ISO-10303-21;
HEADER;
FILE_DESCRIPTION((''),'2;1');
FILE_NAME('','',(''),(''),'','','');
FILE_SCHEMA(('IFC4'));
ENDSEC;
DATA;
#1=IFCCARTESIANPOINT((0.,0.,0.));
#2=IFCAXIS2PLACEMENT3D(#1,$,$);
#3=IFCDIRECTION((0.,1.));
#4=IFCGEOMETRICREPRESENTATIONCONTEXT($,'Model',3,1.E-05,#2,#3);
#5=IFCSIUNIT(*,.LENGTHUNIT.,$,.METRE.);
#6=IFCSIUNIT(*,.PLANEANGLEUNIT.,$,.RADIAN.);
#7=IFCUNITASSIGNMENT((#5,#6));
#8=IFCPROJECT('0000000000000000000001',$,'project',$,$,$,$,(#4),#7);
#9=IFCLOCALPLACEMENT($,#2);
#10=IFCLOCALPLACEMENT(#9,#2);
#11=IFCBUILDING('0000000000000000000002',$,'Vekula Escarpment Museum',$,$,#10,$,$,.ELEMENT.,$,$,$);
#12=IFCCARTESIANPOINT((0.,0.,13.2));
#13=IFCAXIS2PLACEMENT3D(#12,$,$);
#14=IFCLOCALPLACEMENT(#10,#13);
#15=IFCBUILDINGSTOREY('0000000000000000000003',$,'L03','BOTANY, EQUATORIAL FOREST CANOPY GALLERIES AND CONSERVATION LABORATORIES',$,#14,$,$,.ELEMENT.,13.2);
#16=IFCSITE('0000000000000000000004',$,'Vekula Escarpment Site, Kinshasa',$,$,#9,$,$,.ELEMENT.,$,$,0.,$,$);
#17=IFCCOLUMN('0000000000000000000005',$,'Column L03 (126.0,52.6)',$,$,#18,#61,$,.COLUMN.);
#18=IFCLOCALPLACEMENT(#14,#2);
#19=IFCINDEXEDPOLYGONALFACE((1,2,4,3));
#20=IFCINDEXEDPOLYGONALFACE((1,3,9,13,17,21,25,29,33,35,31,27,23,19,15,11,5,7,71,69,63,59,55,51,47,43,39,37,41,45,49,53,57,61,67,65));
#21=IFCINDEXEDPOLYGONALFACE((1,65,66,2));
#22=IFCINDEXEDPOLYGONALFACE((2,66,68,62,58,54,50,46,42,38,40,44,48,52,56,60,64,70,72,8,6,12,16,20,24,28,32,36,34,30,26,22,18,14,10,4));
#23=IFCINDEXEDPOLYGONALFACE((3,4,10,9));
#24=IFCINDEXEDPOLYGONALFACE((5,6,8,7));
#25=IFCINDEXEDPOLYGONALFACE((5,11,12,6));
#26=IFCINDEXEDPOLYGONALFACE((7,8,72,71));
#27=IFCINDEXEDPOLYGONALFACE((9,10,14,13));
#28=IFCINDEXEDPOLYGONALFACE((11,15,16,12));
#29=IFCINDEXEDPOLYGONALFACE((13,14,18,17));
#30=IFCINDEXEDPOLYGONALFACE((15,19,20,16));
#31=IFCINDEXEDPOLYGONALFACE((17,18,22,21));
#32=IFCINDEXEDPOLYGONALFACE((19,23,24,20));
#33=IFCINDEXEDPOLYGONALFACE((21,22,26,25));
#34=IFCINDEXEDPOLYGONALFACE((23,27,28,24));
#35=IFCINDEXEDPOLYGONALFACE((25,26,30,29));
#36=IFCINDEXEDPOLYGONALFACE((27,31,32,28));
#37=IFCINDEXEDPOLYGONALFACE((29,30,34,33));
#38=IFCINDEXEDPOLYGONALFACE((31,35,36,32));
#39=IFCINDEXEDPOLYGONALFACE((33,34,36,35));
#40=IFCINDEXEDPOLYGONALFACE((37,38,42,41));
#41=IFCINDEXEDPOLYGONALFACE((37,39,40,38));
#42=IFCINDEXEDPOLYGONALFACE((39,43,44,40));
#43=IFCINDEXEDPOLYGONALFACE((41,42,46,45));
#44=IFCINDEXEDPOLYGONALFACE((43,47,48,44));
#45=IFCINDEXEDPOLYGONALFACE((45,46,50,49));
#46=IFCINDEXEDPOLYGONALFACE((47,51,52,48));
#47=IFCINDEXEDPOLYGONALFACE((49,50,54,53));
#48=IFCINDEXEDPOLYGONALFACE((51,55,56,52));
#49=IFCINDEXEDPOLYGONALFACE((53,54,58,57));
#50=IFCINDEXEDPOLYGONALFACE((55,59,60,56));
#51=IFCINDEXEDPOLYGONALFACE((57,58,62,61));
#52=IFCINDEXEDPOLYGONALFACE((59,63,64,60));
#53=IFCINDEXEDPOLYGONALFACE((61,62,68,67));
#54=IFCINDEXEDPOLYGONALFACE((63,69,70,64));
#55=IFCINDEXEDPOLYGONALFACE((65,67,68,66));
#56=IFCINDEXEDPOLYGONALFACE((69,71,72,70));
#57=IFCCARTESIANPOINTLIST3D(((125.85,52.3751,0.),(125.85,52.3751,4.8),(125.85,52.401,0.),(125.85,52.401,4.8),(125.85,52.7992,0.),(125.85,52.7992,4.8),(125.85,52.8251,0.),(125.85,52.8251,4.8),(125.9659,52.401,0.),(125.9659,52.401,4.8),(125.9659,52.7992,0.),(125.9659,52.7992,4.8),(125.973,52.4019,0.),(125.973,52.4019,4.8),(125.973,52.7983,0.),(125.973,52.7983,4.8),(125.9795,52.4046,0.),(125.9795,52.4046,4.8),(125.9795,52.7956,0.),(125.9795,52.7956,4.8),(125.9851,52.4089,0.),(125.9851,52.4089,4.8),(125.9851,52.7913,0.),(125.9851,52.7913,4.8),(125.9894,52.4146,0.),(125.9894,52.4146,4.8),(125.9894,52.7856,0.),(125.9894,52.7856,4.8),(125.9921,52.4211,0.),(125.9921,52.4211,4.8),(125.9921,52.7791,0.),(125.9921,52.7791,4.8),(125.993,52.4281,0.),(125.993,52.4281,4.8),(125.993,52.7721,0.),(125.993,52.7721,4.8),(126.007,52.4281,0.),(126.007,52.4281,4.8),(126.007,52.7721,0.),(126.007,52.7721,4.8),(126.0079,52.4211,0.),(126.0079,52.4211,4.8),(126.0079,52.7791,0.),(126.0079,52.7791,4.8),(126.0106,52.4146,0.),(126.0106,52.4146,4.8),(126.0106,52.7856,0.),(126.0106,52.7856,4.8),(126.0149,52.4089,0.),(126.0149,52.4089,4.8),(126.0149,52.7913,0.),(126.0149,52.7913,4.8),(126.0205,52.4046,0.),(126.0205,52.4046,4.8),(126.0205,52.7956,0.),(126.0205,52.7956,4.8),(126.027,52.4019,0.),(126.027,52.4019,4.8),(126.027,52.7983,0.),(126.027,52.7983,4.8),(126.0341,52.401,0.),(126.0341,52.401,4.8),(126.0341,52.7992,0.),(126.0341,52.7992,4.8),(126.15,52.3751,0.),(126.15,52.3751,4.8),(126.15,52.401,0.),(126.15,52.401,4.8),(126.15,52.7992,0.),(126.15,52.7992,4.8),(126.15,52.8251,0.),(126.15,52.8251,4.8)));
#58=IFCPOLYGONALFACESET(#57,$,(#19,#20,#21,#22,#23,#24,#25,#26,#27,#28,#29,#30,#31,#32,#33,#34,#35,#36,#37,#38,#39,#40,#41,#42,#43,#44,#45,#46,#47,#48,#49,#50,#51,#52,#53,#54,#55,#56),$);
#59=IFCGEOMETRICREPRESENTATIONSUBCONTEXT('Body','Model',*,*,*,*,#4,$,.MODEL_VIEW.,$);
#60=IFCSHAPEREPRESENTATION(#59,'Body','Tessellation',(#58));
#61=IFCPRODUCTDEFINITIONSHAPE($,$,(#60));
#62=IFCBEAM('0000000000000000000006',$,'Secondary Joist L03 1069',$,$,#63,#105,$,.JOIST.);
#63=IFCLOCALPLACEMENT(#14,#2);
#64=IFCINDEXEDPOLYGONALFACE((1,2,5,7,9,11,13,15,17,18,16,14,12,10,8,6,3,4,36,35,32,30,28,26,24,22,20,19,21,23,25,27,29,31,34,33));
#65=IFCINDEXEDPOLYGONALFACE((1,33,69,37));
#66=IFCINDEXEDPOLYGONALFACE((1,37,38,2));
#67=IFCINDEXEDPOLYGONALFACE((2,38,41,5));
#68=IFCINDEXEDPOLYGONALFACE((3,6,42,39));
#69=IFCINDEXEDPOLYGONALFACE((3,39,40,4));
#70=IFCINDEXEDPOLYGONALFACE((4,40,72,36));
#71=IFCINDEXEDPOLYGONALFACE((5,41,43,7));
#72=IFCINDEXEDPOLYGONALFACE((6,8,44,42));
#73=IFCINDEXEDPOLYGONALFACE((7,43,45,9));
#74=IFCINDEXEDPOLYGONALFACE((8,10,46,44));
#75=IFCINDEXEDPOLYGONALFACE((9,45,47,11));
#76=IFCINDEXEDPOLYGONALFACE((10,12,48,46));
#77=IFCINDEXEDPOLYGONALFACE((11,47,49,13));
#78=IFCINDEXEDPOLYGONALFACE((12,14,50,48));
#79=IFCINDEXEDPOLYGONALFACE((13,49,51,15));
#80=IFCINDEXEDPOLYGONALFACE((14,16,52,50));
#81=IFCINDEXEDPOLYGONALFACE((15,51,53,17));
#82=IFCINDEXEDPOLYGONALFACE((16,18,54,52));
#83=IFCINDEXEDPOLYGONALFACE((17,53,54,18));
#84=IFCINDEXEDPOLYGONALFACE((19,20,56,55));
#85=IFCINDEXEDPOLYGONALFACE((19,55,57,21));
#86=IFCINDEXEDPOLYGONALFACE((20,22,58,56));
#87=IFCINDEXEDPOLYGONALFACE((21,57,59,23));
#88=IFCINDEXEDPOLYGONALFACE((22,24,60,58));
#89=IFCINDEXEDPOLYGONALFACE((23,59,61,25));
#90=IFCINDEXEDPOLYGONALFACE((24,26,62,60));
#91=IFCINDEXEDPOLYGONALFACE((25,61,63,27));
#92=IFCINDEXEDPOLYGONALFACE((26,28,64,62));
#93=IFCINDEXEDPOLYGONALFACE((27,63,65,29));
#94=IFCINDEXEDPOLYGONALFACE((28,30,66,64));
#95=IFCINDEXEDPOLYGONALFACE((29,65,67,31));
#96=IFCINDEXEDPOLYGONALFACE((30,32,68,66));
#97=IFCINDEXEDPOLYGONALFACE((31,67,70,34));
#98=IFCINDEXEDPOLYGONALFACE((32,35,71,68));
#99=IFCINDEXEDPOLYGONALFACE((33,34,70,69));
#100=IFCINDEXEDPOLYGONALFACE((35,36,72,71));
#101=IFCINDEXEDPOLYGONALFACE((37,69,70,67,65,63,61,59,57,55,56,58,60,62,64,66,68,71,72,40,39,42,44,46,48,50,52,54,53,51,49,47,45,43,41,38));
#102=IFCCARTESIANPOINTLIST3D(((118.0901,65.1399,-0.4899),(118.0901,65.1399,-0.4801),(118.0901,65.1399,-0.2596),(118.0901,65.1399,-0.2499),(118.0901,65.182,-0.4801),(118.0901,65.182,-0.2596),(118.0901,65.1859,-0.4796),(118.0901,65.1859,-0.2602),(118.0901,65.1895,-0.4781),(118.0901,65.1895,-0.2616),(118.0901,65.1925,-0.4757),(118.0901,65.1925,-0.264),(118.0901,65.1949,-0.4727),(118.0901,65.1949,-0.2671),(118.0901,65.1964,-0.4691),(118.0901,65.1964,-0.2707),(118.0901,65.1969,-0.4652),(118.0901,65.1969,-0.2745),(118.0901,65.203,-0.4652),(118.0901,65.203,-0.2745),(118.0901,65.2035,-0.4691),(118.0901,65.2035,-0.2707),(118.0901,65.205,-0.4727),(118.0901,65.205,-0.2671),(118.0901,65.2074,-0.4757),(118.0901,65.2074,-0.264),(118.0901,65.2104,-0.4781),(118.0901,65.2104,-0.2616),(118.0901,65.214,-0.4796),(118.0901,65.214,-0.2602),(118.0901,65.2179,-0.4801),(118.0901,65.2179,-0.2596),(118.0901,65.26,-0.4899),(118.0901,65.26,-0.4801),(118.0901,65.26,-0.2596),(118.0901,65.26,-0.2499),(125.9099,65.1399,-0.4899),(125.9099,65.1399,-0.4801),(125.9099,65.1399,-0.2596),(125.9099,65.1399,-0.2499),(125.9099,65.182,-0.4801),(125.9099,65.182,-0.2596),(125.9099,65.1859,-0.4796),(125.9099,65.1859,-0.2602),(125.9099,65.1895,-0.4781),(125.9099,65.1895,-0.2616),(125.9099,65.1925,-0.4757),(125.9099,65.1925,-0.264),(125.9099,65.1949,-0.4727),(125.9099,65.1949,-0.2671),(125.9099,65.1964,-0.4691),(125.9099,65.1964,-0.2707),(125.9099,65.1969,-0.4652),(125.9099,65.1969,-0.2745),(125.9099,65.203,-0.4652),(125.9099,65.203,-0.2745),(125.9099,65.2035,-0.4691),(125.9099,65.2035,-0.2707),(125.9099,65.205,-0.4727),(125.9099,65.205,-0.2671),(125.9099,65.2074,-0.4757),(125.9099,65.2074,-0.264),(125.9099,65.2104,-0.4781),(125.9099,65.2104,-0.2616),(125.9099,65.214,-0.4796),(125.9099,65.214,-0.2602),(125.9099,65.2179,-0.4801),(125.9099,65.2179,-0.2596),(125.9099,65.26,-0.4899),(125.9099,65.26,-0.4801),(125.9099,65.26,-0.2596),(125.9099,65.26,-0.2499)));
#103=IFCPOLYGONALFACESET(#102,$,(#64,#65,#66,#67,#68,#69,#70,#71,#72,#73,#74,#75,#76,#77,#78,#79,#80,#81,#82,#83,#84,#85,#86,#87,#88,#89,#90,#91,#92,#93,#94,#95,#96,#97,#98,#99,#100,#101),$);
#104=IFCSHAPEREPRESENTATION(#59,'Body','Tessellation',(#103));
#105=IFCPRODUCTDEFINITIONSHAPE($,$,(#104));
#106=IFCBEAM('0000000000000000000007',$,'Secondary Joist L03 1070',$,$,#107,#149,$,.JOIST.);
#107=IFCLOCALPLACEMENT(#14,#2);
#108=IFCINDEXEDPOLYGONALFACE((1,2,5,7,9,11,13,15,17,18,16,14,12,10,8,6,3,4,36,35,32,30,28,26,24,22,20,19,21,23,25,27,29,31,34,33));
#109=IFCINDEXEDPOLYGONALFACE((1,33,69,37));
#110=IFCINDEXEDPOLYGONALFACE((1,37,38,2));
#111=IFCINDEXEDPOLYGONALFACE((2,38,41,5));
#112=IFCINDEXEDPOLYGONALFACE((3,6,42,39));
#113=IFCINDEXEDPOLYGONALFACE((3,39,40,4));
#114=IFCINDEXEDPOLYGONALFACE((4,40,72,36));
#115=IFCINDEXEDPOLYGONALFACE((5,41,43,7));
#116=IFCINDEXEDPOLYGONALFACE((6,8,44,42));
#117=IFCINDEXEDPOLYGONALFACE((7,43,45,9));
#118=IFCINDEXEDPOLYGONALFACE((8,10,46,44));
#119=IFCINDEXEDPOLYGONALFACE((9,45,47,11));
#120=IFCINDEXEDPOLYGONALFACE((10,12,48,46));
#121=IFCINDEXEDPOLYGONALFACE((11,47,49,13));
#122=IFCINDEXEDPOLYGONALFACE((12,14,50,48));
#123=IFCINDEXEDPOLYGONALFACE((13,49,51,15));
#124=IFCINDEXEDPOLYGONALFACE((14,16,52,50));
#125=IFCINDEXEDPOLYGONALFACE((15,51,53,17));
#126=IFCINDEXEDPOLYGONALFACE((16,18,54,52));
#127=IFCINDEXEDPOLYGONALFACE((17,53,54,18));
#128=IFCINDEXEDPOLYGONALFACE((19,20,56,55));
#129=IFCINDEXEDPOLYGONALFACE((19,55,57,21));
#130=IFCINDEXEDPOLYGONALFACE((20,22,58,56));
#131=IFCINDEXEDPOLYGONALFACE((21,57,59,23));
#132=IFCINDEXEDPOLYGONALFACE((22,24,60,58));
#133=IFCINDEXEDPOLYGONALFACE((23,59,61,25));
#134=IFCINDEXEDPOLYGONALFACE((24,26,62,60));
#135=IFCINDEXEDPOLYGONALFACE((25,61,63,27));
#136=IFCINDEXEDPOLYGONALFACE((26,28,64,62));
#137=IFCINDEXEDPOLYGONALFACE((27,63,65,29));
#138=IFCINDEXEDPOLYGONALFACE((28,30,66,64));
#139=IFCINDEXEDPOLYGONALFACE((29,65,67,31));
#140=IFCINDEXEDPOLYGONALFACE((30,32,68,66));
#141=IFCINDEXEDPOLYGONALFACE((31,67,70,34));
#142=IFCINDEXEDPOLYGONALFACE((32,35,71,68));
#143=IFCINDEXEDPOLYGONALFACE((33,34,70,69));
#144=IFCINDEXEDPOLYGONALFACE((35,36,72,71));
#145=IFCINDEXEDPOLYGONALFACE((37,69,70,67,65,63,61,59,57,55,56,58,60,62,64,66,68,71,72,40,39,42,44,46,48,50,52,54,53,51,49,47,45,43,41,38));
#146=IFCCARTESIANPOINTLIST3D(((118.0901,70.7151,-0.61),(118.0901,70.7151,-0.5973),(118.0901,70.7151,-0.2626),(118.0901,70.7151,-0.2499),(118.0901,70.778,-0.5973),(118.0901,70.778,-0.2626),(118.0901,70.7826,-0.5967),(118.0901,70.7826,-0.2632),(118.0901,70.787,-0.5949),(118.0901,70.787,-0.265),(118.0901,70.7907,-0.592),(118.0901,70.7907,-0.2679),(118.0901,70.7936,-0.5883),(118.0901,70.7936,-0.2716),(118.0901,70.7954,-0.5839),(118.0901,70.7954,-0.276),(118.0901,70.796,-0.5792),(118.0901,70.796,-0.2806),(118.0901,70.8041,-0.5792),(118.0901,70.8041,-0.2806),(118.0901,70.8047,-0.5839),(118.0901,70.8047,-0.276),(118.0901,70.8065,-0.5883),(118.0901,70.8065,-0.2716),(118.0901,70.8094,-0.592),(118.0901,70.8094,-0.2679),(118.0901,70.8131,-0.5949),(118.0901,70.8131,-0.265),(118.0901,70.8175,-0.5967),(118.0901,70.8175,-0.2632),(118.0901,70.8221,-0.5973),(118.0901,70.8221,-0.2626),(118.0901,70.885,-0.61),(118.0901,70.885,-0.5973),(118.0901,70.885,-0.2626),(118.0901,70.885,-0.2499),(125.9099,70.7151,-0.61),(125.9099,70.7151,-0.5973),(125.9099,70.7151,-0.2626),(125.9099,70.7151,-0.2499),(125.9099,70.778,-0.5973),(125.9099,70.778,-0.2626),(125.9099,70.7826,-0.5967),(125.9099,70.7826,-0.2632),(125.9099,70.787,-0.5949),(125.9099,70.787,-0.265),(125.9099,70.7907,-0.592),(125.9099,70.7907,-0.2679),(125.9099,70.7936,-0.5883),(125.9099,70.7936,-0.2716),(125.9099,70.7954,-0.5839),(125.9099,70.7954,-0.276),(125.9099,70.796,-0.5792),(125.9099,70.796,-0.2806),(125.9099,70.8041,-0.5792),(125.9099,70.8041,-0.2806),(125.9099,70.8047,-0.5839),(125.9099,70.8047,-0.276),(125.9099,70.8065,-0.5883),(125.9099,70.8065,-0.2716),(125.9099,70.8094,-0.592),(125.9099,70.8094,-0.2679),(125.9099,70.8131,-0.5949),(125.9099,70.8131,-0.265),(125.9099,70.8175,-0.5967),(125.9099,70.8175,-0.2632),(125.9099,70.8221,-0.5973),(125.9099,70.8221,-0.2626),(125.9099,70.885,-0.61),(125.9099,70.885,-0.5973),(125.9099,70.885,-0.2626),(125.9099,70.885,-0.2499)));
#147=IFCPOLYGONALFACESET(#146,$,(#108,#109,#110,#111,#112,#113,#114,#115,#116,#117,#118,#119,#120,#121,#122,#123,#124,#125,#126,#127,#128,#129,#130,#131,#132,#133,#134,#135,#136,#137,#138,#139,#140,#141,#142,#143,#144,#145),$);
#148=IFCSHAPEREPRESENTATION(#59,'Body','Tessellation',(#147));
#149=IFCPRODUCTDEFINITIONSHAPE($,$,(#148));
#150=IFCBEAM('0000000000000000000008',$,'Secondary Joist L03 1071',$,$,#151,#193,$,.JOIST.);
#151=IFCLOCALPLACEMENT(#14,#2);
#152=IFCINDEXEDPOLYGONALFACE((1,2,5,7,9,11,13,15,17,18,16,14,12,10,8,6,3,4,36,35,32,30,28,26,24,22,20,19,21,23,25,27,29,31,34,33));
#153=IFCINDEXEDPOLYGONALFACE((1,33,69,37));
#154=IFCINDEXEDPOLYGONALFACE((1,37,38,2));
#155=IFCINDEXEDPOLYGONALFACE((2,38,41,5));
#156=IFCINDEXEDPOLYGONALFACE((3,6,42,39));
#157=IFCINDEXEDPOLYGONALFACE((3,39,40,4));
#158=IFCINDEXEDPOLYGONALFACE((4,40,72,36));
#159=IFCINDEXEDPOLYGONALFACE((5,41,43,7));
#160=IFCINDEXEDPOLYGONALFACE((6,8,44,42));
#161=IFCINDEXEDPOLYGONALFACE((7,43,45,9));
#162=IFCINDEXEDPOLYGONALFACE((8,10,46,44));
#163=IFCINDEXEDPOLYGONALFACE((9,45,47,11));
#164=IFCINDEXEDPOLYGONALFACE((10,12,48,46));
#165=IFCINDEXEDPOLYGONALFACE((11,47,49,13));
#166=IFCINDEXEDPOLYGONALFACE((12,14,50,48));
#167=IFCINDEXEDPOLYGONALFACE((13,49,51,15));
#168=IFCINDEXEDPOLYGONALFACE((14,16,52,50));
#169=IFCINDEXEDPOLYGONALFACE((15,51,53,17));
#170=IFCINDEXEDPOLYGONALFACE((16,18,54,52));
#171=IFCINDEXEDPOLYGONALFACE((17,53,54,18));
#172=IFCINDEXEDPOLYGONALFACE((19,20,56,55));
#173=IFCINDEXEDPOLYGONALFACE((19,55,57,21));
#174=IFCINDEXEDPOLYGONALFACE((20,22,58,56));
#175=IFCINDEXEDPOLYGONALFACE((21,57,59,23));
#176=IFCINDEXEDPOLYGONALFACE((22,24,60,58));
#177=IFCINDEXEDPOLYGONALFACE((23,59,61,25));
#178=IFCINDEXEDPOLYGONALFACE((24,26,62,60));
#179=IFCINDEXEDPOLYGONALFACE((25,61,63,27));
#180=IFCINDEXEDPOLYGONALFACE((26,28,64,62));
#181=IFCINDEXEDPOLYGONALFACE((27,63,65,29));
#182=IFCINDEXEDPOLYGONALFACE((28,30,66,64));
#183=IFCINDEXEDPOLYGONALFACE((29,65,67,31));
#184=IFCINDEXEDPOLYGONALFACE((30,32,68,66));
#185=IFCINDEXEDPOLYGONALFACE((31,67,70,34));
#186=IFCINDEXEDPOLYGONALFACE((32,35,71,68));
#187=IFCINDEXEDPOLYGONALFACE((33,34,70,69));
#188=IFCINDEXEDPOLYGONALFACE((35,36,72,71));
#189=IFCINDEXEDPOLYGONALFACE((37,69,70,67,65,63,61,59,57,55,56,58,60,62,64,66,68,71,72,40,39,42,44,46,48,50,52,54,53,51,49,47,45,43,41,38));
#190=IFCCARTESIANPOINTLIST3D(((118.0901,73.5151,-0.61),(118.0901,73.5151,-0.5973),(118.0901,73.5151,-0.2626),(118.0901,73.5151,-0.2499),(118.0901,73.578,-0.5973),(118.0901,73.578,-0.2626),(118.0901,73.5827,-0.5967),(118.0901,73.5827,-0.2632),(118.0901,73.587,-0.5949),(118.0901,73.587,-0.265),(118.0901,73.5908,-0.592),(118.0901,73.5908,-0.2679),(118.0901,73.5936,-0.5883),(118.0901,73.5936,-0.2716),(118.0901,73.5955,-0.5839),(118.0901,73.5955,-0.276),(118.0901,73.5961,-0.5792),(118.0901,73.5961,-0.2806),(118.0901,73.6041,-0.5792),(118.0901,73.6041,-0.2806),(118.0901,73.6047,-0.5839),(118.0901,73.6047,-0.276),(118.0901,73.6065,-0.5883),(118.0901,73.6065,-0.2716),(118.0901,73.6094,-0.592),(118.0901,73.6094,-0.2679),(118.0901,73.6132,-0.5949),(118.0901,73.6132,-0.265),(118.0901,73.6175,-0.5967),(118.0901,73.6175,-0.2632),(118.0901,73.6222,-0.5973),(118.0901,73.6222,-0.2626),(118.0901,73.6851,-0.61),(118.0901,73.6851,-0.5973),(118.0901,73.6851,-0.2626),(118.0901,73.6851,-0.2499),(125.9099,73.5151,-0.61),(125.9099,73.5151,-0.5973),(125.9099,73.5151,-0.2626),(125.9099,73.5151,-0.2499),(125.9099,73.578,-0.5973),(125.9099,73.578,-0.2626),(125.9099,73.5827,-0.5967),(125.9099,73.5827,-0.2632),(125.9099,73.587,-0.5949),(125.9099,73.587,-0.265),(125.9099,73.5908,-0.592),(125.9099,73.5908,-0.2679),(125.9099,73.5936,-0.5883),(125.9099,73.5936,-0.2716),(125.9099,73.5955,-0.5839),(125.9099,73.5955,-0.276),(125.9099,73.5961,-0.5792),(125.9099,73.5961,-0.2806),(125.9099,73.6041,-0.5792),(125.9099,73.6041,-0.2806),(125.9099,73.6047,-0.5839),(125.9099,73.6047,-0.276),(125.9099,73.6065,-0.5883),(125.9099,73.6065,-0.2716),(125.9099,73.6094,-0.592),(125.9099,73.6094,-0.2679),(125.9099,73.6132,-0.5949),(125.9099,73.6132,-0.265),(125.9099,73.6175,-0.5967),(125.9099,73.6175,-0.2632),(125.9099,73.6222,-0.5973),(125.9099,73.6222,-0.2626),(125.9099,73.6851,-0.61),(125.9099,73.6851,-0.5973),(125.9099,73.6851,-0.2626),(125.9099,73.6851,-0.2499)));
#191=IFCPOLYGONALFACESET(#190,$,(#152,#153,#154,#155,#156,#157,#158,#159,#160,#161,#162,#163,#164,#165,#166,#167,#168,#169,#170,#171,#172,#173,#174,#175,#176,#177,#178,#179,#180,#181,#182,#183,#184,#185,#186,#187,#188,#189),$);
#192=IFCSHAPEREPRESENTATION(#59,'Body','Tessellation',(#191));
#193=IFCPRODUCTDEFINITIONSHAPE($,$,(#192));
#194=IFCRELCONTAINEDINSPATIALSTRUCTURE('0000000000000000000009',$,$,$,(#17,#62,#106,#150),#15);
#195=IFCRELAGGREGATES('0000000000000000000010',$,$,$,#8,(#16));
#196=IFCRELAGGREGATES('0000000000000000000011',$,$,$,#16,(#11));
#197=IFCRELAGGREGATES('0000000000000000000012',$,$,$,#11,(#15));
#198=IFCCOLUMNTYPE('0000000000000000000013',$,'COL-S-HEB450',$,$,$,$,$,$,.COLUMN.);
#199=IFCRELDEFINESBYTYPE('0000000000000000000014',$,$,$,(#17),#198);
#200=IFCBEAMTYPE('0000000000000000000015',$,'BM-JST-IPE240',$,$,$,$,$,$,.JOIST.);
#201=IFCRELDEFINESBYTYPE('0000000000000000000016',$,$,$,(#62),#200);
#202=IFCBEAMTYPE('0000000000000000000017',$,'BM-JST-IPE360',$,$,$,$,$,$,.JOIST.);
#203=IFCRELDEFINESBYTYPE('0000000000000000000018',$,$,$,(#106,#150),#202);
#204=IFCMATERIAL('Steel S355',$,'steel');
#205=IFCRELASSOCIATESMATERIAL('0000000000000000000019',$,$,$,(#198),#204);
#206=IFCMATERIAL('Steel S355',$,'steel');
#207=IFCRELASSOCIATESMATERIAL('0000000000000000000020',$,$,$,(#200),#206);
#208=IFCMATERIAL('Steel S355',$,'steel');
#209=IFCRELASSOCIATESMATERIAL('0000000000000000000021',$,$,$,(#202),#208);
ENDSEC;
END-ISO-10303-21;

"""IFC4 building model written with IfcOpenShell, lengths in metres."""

from ifc_helpers import new_model, si_unit, direction, frame, origin, origin_2d, place, context, subcontext, project, spatial, i_section, extrude, material, material_profile, profile_set, type_object, element, save


model = new_model("IFC4")

# Units and contexts
model_context = context("Model", 3, precision=1e-05, world=origin(), true_north=direction((0.0, 1.0)))
body_context = subcontext(model_context, "Body", "Model", "MODEL_VIEW")
ifc_project = project(units=[si_unit("LENGTHUNIT", "METRE"), si_unit("PLANEANGLEUNIT", "RADIAN")], contexts=[model_context])

# Site, building, storey
site_placement = place(None, origin())
site = spatial("IfcSite", under=ifc_project, at=site_placement, Name="Vekula Escarpment Site, Kinshasa", CompositionType="ELEMENT", RefElevation=0.0)
building_placement = place(site_placement, origin())
building = spatial("IfcBuilding", under=site, at=building_placement, Name="Vekula Escarpment Museum", CompositionType="ELEMENT")
storey_placement = place(building_placement, frame((0.0, 0.0, 13.2)))
storey = spatial("IfcBuildingStorey", under=building, at=storey_placement, Name="L03", Description="BOTANY, EQUATORIAL FOREST CANOPY GALLERIES AND CONSERVATION LABORATORIES", CompositionType="ELEMENT", Elevation=13.2)

# Column
ifc_material_1 = material(Name="Steel S355", Category="steel")
ifc_material_profile_1 = material_profile(ifc_material_1, i_section(OverallWidth=0.3, OverallDepth=0.45, WebThickness=0.0139, FlangeThickness=0.0259, FilletRadius=0.0271, at=origin_2d()), Name="HEB 450")
ifc_profile_set_1 = profile_set([ifc_material_profile_1], Name="Steel S355")
column_type = type_object("IfcColumnType", Name="COL-S-HEB450", PredefinedType="COLUMN", material=ifc_profile_set_1)
column_placement = place(storey_placement, frame((126.0, 52.6001, 0.0), z_axis=(0.0, 0.0, 1.0), x_axis=(1.0, 0.0, 0.0)))
element("IfcColumn", 1, at=column_placement, inside=storey, type_object=column_type, Name="Column L03 (126.0,52.6)", PredefinedType="COLUMN", context=body_context, shape_type="SweptSolid", body=[
    extrude(i_section(OverallWidth=0.3, OverallDepth=0.45, WebThickness=0.0139, FlangeThickness=0.0259, FilletRadius=0.0271, at=origin_2d()), origin(), (0.0, 0.0, 1.0), 4.8),
])

# Beams
ifc_material_2 = material(Name="Steel S355", Category="steel")
ifc_material_profile_2 = material_profile(ifc_material_2, i_section(OverallWidth=0.1201, OverallDepth=0.24, WebThickness=0.0061, FlangeThickness=0.0098, FilletRadius=0.0149, at=origin_2d()), Name="IPE 240")
ifc_profile_set_2 = profile_set([ifc_material_profile_2], Name="Steel S355")
beam_type_1 = type_object("IfcBeamType", Name="BM-JST-IPE240", PredefinedType="JOIST", material=ifc_profile_set_2)
beam_1_placement = place(storey_placement, frame((118.0901, 65.2, -0.3699), z_axis=(1.0, 0.0, 0.0), x_axis=(0.0, 1.0, 0.0)))
element("IfcBeam", 2, at=beam_1_placement, inside=storey, type_object=beam_type_1, Name="Secondary Joist L03 1069", PredefinedType="JOIST", context=body_context, shape_type="SweptSolid", body=[
    extrude(i_section(OverallWidth=0.1201, OverallDepth=0.24, WebThickness=0.0061, FlangeThickness=0.0098, FilletRadius=0.0149, at=origin_2d()), origin(), (0.0, 0.0, 1.0), 7.8198),
])
ifc_material_3 = material(Name="Steel S355", Category="steel")
ifc_material_profile_3 = material_profile(ifc_material_3, i_section(OverallWidth=0.1699, OverallDepth=0.3601, WebThickness=0.0081, FlangeThickness=0.0127, FilletRadius=0.0181, at=origin_2d()), Name="IPE 360")
ifc_profile_set_3 = profile_set([ifc_material_profile_3], Name="Steel S355")
beam_type_2 = type_object("IfcBeamType", Name="BM-JST-IPE360", PredefinedType="JOIST", material=ifc_profile_set_3)
for number, where, z_axis, x_axis, name in (
    (3, (118.0901, 70.8, -0.4299), (1.0, 0.0, 0.0), (0.0, 1.0, 0.0), "Secondary Joist L03 1070"),
    (4, (118.0901, 73.6001, -0.4299), (1.0, 0.0, 0.0), (0.0, 1.0, 0.0), "Secondary Joist L03 1071"),
):
    element("IfcBeam", number, at=place(storey_placement, frame(where, z_axis=z_axis, x_axis=x_axis)), inside=storey, type_object=beam_type_2, Name=name, PredefinedType="JOIST", context=body_context, shape_type="SweptSolid", body=[
        extrude(i_section(OverallWidth=0.1699, OverallDepth=0.3601, WebThickness=0.0081, FlangeThickness=0.0127, FilletRadius=0.0181, at=origin_2d()), origin(), (0.0, 0.0, 1.0), 7.8198),
    ])

save(model, "model.ifc")
